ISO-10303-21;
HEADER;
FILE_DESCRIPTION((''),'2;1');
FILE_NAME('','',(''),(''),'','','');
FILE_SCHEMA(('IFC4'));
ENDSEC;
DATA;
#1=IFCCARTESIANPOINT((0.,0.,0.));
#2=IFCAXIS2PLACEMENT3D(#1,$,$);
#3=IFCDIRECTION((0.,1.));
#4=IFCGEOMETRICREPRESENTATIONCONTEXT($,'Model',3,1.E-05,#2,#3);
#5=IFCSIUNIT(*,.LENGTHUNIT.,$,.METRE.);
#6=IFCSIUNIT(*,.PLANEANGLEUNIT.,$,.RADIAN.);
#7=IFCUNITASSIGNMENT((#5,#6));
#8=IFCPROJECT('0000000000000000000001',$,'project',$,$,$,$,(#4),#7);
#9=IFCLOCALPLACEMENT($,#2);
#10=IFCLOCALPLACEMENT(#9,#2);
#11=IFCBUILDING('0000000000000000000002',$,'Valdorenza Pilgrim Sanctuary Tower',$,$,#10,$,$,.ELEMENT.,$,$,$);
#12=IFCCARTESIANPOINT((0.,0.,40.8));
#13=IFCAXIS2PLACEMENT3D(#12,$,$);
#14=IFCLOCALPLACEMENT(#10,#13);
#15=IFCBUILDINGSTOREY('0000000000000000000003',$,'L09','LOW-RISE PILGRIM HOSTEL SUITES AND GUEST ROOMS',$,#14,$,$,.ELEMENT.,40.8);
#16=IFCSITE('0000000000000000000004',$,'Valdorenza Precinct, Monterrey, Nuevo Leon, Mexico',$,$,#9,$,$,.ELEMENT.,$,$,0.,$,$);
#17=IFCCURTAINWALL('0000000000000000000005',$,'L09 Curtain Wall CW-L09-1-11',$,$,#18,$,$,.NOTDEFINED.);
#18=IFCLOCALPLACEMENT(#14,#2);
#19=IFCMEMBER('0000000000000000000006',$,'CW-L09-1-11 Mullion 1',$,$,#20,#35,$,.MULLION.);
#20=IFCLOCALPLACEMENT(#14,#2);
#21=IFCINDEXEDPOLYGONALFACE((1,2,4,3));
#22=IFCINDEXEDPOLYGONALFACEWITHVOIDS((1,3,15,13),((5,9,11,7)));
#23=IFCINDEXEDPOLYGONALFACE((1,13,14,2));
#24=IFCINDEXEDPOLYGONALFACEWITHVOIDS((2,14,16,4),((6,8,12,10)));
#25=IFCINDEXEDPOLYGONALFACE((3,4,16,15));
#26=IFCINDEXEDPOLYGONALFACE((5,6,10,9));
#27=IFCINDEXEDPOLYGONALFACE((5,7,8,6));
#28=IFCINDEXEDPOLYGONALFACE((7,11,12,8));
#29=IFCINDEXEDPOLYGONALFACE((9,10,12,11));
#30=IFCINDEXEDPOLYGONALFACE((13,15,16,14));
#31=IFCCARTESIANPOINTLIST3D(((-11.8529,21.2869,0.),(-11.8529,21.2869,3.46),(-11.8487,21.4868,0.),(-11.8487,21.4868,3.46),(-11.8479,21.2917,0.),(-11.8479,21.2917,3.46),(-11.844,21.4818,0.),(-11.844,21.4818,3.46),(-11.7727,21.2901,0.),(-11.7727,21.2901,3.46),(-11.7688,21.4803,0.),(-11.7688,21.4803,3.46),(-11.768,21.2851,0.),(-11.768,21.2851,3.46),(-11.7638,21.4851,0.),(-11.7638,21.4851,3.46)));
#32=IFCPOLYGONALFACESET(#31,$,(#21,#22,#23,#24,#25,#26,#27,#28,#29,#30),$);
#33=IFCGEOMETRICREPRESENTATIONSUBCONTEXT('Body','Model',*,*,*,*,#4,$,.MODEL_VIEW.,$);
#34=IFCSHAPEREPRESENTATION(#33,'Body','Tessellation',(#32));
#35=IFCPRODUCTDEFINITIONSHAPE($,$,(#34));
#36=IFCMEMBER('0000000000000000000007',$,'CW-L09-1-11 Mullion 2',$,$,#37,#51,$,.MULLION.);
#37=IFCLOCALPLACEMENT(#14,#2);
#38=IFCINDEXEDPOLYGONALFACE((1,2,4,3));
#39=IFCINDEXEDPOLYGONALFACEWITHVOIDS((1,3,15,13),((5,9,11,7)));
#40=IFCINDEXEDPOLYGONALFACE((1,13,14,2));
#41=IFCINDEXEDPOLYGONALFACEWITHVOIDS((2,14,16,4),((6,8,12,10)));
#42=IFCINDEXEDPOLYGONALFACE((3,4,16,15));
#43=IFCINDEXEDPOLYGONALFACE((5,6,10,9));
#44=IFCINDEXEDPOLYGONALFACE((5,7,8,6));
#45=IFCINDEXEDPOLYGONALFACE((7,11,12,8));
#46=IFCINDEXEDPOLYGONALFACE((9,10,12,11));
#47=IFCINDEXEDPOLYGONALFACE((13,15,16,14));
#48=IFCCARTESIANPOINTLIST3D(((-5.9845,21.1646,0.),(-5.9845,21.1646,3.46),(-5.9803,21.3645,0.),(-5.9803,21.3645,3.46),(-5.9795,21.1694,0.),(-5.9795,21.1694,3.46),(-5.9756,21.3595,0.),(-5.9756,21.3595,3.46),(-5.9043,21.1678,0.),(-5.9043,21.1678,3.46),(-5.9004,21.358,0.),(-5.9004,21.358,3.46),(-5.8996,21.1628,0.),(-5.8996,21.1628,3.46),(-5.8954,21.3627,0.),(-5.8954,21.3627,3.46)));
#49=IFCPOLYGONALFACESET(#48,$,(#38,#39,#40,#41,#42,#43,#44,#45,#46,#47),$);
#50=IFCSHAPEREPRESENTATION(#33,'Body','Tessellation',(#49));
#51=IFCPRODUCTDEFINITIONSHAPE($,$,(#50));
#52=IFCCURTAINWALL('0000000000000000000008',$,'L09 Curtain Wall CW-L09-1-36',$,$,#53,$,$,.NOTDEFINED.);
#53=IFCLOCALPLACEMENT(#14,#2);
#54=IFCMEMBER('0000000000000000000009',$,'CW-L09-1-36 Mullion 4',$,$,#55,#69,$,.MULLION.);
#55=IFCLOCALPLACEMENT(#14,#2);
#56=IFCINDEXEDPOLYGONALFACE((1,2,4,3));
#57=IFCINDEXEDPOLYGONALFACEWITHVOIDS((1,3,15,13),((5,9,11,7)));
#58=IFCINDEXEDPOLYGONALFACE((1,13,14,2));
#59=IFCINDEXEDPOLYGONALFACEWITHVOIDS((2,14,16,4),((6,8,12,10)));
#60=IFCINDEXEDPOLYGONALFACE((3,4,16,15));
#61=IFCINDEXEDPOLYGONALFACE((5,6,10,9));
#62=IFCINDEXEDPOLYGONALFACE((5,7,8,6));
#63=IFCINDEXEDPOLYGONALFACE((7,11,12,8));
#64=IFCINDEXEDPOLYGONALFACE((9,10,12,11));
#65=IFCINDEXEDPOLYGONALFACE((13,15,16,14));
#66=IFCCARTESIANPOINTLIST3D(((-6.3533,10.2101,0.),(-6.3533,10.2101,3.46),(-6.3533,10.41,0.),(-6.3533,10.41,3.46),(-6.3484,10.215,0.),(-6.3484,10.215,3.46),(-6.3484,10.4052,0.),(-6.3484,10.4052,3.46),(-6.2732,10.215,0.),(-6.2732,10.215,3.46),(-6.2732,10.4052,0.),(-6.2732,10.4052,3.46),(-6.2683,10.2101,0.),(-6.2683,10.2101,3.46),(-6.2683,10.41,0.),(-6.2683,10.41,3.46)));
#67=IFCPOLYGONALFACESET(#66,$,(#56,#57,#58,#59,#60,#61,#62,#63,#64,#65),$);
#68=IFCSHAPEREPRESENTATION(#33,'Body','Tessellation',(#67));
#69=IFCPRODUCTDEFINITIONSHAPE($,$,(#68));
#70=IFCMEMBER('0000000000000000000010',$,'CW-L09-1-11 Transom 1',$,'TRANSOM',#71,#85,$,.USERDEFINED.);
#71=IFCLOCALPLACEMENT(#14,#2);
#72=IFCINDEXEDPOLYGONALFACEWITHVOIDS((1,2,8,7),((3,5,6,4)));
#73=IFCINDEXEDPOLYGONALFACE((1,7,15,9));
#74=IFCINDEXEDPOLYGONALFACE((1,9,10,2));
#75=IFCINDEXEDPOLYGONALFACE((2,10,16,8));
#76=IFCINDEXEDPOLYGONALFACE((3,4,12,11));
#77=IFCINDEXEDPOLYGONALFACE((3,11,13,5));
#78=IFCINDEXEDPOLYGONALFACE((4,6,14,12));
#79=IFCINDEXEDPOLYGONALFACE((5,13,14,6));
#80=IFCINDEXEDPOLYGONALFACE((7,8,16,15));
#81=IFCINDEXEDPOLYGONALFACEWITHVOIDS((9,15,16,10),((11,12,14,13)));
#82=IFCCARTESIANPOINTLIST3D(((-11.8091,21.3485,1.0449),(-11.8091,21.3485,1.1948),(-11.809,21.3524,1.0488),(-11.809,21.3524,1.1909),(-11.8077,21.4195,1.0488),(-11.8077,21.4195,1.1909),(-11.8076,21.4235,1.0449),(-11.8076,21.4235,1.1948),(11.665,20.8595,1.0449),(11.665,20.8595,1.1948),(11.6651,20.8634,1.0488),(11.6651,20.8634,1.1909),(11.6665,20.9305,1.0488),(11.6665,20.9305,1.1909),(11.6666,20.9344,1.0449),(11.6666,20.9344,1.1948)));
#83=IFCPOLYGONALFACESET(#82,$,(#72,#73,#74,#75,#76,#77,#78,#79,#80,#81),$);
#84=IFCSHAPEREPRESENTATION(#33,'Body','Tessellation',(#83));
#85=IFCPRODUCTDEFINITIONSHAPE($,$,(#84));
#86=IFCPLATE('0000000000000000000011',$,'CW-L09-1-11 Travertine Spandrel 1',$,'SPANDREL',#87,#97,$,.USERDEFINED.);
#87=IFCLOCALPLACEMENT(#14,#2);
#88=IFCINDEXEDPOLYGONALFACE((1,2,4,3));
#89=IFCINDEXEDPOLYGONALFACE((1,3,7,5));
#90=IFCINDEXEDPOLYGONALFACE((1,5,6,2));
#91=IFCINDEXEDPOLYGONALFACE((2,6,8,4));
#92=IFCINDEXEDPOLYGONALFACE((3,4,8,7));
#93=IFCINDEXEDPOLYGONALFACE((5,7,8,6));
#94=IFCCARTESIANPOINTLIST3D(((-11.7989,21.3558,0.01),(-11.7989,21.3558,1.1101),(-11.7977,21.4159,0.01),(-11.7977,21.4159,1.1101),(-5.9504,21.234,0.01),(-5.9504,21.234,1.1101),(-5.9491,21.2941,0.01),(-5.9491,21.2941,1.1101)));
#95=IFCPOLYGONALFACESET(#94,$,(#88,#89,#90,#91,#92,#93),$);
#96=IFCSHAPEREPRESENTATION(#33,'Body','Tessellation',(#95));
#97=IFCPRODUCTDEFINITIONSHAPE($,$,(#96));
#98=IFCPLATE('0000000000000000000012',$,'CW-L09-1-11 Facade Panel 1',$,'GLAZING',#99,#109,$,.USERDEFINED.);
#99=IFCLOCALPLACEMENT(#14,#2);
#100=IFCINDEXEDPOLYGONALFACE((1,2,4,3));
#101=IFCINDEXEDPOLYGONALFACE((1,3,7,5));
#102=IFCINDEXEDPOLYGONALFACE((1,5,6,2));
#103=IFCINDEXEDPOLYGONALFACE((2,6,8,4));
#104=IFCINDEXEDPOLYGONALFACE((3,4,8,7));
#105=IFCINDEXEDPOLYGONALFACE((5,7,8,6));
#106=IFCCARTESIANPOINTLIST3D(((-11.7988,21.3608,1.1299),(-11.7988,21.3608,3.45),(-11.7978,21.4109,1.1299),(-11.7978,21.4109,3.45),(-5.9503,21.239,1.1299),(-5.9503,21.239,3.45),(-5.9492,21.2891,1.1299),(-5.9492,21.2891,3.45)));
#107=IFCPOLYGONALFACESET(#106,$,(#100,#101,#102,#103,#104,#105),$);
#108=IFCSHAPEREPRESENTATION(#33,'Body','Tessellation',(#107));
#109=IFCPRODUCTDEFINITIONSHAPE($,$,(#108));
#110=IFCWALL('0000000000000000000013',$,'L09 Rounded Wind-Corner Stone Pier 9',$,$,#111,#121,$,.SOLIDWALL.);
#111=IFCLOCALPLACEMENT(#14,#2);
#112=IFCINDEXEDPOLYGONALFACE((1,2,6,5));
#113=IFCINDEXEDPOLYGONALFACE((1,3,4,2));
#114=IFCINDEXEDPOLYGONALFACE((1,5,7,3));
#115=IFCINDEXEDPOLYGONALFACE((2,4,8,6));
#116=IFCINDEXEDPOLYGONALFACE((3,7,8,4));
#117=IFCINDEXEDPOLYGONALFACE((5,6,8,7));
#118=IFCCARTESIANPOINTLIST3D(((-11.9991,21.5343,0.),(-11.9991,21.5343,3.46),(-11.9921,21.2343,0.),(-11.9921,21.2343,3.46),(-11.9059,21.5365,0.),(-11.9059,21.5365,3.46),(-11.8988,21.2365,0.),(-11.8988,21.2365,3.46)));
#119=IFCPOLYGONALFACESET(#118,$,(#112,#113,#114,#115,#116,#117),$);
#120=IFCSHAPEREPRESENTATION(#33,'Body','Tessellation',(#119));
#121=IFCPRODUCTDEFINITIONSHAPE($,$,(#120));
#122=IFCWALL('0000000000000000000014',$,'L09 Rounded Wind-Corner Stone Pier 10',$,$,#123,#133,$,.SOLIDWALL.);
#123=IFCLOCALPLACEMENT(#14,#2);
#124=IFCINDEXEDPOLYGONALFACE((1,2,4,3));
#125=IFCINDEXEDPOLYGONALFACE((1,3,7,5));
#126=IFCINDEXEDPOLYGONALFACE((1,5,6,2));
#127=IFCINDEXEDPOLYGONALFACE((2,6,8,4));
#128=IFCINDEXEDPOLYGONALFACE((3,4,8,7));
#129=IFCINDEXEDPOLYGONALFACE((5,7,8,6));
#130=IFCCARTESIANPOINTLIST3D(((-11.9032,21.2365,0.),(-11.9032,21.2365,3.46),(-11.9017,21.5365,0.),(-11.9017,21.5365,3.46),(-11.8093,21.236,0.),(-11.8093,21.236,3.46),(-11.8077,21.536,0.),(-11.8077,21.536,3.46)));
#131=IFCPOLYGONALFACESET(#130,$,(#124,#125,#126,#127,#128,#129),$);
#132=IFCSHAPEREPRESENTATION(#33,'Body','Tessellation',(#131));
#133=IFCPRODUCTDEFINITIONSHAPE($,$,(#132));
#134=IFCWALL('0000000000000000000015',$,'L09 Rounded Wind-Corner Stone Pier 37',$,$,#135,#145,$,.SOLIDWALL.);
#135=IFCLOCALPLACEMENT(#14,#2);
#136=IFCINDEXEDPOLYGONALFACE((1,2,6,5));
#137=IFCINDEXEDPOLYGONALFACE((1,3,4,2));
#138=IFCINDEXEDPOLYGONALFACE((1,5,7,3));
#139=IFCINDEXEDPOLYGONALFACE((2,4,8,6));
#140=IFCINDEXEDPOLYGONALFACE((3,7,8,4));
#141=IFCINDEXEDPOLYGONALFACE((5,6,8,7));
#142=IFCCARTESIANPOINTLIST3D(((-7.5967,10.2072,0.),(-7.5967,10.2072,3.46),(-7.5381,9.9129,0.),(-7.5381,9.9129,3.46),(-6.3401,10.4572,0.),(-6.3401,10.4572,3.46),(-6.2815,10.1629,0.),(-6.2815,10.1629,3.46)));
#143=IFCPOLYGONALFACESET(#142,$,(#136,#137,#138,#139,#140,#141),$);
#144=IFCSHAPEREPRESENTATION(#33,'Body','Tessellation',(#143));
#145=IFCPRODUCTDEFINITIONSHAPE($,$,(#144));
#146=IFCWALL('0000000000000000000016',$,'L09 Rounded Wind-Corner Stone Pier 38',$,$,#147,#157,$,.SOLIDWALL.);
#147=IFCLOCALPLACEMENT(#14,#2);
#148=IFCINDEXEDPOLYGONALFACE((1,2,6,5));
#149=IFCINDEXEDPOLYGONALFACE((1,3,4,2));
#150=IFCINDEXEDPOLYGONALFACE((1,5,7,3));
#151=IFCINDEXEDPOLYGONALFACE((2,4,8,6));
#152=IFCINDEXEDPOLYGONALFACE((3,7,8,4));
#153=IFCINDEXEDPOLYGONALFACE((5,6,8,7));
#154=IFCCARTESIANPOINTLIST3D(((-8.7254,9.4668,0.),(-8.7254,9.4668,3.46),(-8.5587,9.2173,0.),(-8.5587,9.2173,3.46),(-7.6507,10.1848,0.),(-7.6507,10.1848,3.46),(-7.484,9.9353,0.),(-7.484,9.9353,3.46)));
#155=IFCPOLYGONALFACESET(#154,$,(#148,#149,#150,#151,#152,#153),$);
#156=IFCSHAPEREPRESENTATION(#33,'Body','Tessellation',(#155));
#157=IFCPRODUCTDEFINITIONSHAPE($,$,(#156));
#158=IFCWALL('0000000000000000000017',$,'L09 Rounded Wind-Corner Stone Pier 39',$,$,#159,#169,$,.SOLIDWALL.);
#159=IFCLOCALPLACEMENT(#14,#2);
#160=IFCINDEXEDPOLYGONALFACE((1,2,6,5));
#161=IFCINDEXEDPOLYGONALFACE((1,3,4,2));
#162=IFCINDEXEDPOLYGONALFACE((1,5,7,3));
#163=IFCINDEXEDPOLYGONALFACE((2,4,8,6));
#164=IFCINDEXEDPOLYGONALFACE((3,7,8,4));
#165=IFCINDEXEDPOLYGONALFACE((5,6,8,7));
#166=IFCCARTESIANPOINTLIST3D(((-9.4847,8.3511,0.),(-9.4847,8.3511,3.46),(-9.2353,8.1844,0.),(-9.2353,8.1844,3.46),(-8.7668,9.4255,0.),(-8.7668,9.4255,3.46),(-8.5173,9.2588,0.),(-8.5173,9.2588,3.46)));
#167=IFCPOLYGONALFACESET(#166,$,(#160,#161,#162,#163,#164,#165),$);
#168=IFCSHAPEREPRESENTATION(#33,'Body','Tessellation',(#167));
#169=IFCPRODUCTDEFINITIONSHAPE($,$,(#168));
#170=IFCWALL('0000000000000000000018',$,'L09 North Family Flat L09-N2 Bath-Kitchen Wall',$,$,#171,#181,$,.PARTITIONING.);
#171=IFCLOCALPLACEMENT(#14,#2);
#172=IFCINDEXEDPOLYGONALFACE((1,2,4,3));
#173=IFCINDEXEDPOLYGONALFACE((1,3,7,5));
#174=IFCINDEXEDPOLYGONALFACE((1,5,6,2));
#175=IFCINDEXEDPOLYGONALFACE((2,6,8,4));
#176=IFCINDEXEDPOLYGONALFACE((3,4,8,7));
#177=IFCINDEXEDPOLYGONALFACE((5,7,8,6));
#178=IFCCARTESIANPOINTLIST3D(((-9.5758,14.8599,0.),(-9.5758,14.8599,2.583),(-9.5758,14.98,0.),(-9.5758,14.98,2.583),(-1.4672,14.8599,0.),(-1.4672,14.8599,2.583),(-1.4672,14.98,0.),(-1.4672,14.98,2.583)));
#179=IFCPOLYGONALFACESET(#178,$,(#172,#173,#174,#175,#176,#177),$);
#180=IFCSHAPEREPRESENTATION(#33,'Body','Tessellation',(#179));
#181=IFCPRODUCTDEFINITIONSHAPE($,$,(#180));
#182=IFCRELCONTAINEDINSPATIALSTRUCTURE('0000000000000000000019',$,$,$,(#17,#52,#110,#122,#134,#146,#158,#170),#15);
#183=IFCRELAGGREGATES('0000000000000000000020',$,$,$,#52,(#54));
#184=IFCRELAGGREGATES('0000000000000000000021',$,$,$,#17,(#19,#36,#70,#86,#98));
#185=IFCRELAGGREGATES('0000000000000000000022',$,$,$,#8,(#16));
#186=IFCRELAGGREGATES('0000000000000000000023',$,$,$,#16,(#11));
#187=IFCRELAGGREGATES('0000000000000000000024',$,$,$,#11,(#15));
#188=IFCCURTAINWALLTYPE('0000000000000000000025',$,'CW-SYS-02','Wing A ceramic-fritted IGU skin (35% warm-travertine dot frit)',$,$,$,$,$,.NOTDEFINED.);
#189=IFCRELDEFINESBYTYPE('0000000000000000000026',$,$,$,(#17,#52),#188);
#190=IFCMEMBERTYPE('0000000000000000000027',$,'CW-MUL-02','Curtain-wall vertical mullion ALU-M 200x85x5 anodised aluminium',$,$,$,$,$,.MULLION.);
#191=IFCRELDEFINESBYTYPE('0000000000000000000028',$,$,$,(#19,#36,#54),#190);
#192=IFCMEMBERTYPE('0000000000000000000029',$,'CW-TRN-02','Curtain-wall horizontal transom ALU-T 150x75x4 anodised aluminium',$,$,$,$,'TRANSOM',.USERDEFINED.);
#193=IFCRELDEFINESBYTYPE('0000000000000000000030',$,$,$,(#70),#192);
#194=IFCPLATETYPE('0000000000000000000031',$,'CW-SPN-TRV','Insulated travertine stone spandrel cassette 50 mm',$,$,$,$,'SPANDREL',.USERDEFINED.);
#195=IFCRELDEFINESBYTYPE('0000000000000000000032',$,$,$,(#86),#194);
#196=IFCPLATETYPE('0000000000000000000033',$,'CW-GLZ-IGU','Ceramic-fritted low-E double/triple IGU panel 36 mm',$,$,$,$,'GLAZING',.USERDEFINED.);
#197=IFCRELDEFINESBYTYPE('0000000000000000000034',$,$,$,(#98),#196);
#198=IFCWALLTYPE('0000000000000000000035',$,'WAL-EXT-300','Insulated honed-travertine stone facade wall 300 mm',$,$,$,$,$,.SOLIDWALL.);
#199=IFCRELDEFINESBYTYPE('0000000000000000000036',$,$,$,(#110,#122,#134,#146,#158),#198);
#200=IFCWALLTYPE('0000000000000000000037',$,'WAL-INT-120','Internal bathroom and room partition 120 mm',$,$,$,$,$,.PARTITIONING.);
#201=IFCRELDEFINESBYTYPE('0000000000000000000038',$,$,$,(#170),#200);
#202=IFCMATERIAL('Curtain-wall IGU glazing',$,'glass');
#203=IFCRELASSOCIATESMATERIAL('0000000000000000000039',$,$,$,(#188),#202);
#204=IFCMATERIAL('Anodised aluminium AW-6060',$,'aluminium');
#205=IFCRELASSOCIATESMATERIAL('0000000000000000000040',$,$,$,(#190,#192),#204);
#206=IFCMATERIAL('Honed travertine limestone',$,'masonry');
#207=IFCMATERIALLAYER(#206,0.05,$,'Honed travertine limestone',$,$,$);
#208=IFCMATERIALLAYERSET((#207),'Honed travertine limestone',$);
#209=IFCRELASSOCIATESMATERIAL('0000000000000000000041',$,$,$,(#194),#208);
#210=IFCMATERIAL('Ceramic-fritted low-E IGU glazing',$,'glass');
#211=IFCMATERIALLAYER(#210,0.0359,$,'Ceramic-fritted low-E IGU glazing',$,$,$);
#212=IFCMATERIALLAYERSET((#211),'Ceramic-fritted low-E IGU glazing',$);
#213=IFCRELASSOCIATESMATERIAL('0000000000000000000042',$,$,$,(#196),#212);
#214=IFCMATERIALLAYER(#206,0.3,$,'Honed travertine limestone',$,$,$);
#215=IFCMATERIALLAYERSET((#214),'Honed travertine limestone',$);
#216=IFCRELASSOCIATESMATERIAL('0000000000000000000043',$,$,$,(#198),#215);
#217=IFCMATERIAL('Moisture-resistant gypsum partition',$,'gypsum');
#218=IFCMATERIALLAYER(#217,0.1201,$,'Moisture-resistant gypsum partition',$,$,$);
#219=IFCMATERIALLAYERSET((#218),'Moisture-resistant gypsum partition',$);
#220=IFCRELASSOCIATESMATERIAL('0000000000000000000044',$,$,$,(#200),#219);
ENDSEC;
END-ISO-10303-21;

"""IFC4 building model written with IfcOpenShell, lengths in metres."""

from ifc_helpers import new_model, si_unit, direction, frame, frame_2d, origin, origin_2d, place, context, subcontext, project, spatial, rectangle, hollow_rectangle, extrude, source, transform, mapped, material, layer, layer_set, material_profile, profile_set, type_object, element, aggregate, save


model = new_model("IFC4")

# Units and contexts
model_context = context("Model", 3, precision=1e-05, world=origin(), true_north=direction((0.0, 1.0)))
body_context = subcontext(model_context, "Body", "Model", "MODEL_VIEW")
ifc_project = project(units=[si_unit("LENGTHUNIT", "METRE"), si_unit("PLANEANGLEUNIT", "RADIAN")], contexts=[model_context])

# Site, building, storey
site_placement = place(None, origin())
site = spatial("IfcSite", under=ifc_project, at=site_placement, Name="Valdorenza Precinct, Monterrey, Nuevo Leon, Mexico", CompositionType="ELEMENT", RefElevation=0.0)
building_placement = place(site_placement, origin())
building = spatial("IfcBuilding", under=site, at=building_placement, Name="Valdorenza Pilgrim Sanctuary Tower", CompositionType="ELEMENT")
storey_placement = place(building_placement, frame((0.0, 0.0, 40.8)))
storey = spatial("IfcBuildingStorey", under=building, at=storey_placement, Name="L09", Description="LOW-RISE PILGRIM HOSTEL SUITES AND GUEST ROOMS", CompositionType="ELEMENT", Elevation=40.8)

# Curtain wall, members
ifc_material_1 = material(Name="Curtain-wall IGU glazing", Category="glass")
curtain_wall_type = type_object("IfcCurtainWallType", Name="CW-SYS-02", Description="Wing A ceramic-fritted IGU skin (35% warm-travertine dot frit)", PredefinedType="NOTDEFINED", material=ifc_material_1)
curtain_wall_1_placement = place(storey_placement, origin())
curtain_wall_1 = element("IfcCurtainWall", 1, at=curtain_wall_1_placement, inside=storey, type_object=curtain_wall_type, Name="L09 Curtain Wall CW-L09-1-11", PredefinedType="NOTDEFINED")
ifc_material_2 = material(Name="Anodised aluminium AW-6060", Category="aluminium")
ifc_material_profile_1 = material_profile(ifc_material_2, hollow_rectangle(XDim=0.085, YDim=0.2, WallThickness=0.0049, at=origin_2d()), Name="ALU-M 200x85x5")
ifc_profile_set_1 = profile_set([ifc_material_profile_1], Name="Anodised aluminium AW-6060")
member_type_1 = type_object("IfcMemberType", Name="CW-MUL-02", Description="Curtain-wall vertical mullion ALU-M 200x85x5 anodised aluminium", PredefinedType="MULLION", material=ifc_profile_set_1)
shared_shape_1 = source(origin(), body_context, "Body", "SweptSolid", [
    extrude(hollow_rectangle(XDim=0.085, YDim=0.2, WallThickness=0.0049, at=origin_2d()), origin(), (0.0, 0.0, 1.0), 3.46),
])
member_1_placement = place(storey_placement, frame((-11.8083, 21.386, 0.0), z_axis=(0.0, 0.0, 1.0), x_axis=(0.999783, -0.02082, 0.0)))
member_1 = element("IfcMember", 2, at=member_1_placement, type_object=member_type_1, Name="CW-L09-1-11 Mullion 1", PredefinedType="MULLION", context=body_context, shape_type="MappedRepresentation", body=[
    mapped(shared_shape_1, transform((0.0, 0.0, 0.0), x_axis=(1.0, 0.0, 0.0), y_axis=(0.0, 1.0, 0.0), z_axis=(0.0, 0.0, 1.0), scale=1.0)),
])
member_2_placement = place(storey_placement, frame((-5.9399, 21.2637, 0.0), z_axis=(0.0, 0.0, 1.0), x_axis=(0.999783, -0.02082, 0.0)))
member_2 = element("IfcMember", 3, at=member_2_placement, type_object=member_type_1, Name="CW-L09-1-11 Mullion 2", PredefinedType="MULLION", context=body_context, shape_type="MappedRepresentation", body=[
    mapped(shared_shape_1, transform((0.0, 0.0, 0.0), x_axis=(1.0, 0.0, 0.0), y_axis=(0.0, 1.0, 0.0), z_axis=(0.0, 0.0, 1.0), scale=1.0)),
])

# Curtain wall, member
curtain_wall_2_placement = place(storey_placement, origin())
curtain_wall_2 = element("IfcCurtainWall", 4, at=curtain_wall_2_placement, inside=storey, type_object=curtain_wall_type, Name="L09 Curtain Wall CW-L09-1-36", PredefinedType="NOTDEFINED")
member_3_placement = place(storey_placement, frame((-6.3108, 10.3101, 0.0), z_axis=(0.0, 0.0, 1.0), x_axis=(-1.0, 0.0, 0.0)))
member_3 = element("IfcMember", 5, at=member_3_placement, type_object=member_type_1, Name="CW-L09-1-36 Mullion 4", PredefinedType="MULLION", context=body_context, shape_type="MappedRepresentation", body=[
    mapped(shared_shape_1, transform((0.0, 0.0, 0.0), x_axis=(1.0, 0.0, 0.0), y_axis=(0.0, 1.0, 0.0), z_axis=(0.0, 0.0, 1.0), scale=1.0)),
])
aggregate(curtain_wall_2, [member_3])

# Member
ifc_material_profile_2 = material_profile(ifc_material_2, hollow_rectangle(XDim=0.075, YDim=0.1499, WallThickness=0.0039, at=origin_2d()), Name="ALU-T 150x75x4")
ifc_profile_set_2 = profile_set([ifc_material_profile_2], Name="Anodised aluminium AW-6060")
member_type_2 = type_object("IfcMemberType", Name="CW-TRN-02", Description="Curtain-wall horizontal transom ALU-T 150x75x4 anodised aluminium", ElementType="TRANSOM", PredefinedType="USERDEFINED", material=ifc_profile_set_2)
shared_shape_2 = source(origin(), body_context, "Body", "SweptSolid", [
    extrude(hollow_rectangle(XDim=0.075, YDim=0.1499, WallThickness=0.0039, at=origin_2d()), origin(), (0.0, 0.0, 1.0), 23.4792),
])
member_4_placement = place(storey_placement, frame((-11.8083, 21.386, 1.1199), z_axis=(0.999783, -0.020828, 0.0), x_axis=(0.020828, 0.999783, 0.0)))
member_4 = element("IfcMember", 6, at=member_4_placement, type_object=member_type_2, Name="CW-L09-1-11 Transom 1", ObjectType="TRANSOM", PredefinedType="USERDEFINED", context=body_context, shape_type="MappedRepresentation", body=[
    mapped(shared_shape_2, transform((0.0, 0.0, 0.0), x_axis=(1.0, 0.0, 0.0), y_axis=(0.0, 1.0, 0.0), z_axis=(0.0, 0.0, 1.0), scale=1.0)),
])

# Plates
ifc_material_3 = material(Name="Honed travertine limestone", Category="masonry")
ifc_layer_1 = layer(ifc_material_3, 0.05, Name="Honed travertine limestone")
ifc_layer_set_1 = layer_set([ifc_layer_1], Name="Honed travertine limestone")
plate_type_1 = type_object("IfcPlateType", Name="CW-SPN-TRV", Description="Insulated travertine stone spandrel cassette 50 mm", ElementType="SPANDREL", PredefinedType="USERDEFINED", material=ifc_layer_set_1)
shared_shape_3 = source(origin(), body_context, "Body", "SweptSolid", [
    extrude(rectangle(XDim=5.8499, YDim=0.0601, at=origin_2d()), origin(), (0.0, 0.0, 1.0), 1.1001),
])
plate_1_placement = place(storey_placement, frame((-8.874, 21.325, 0.01), z_axis=(0.0, 0.0, 1.0), x_axis=(0.999783, -0.02082, 0.0)))
plate_1 = element("IfcPlate", 7, at=plate_1_placement, type_object=plate_type_1, Name="CW-L09-1-11 Travertine Spandrel 1", ObjectType="SPANDREL", PredefinedType="USERDEFINED", context=body_context, shape_type="MappedRepresentation", body=[
    mapped(shared_shape_3, transform((0.0, 0.0, 0.0), x_axis=(1.0, 0.0, 0.0), y_axis=(0.0, 1.0, 0.0), z_axis=(0.0, 0.0, 1.0), scale=1.0)),
])
ifc_material_4 = material(Name="Ceramic-fritted low-E IGU glazing", Category="glass")
ifc_layer_2 = layer(ifc_material_4, 0.0359, Name="Ceramic-fritted low-E IGU glazing")
ifc_layer_set_2 = layer_set([ifc_layer_2], Name="Ceramic-fritted low-E IGU glazing")
plate_type_2 = type_object("IfcPlateType", Name="CW-GLZ-IGU", Description="Ceramic-fritted low-E double/triple IGU panel 36 mm", ElementType="GLAZING", PredefinedType="USERDEFINED", material=ifc_layer_set_2)
shared_shape_4 = source(origin(), body_context, "Body", "SweptSolid", [
    extrude(rectangle(XDim=5.8499, YDim=0.05, at=origin_2d()), origin(), (0.0, 0.0, 1.0), 2.3201),
])
plate_2_placement = place(storey_placement, frame((-8.874, 21.325, 1.1299), z_axis=(0.0, 0.0, 1.0), x_axis=(0.999783, -0.02082, 0.0)))
plate_2 = element("IfcPlate", 8, at=plate_2_placement, type_object=plate_type_2, Name="CW-L09-1-11 Facade Panel 1", ObjectType="GLAZING", PredefinedType="USERDEFINED", context=body_context, shape_type="MappedRepresentation", body=[
    mapped(shared_shape_4, transform((0.0, 0.0, 0.0), x_axis=(1.0, 0.0, 0.0), y_axis=(0.0, 1.0, 0.0), z_axis=(0.0, 0.0, 1.0), scale=1.0)),
])
aggregate(curtain_wall_1, [member_1, member_2, member_4, plate_1, plate_2])

# Walls
ifc_layer_3 = layer(ifc_material_3, 0.3, Name="Honed travertine limestone")
ifc_layer_set_3 = layer_set([ifc_layer_3], Name="Honed travertine limestone")
wall_type_1 = type_object("IfcWallType", Name="WAL-EXT-300", Description="Insulated honed-travertine stone facade wall 300 mm", PredefinedType="SOLIDWALL", material=ifc_layer_set_3)
wall_1_placement = place(storey_placement, frame((-11.9956, 21.3843, 0.0), z_axis=(0.0, 0.0, 1.0), x_axis=(0.999723, 0.023554, 0.0)))
element("IfcWall", 9, at=wall_1_placement, inside=storey, type_object=wall_type_1, Name="L09 Rounded Wind-Corner Stone Pier 9", PredefinedType="SOLIDWALL", context=body_context, shape_type="SweptSolid", body=[
    extrude(rectangle(XDim=0.0933, YDim=0.3, at=frame_2d((0.0466, 0.0))), origin(), (0.0, 0.0, 1.0), 3.46),
])
wall_2_placement = place(storey_placement, frame((-11.9023, 21.3865, 0.0), z_axis=(0.0, 0.0, 1.0), x_axis=(0.999987, -0.005195, 0.0)))
element("IfcWall", 10, at=wall_2_placement, inside=storey, type_object=wall_type_1, Name="L09 Rounded Wind-Corner Stone Pier 10", PredefinedType="SOLIDWALL", context=body_context, shape_type="SweptSolid", body=[
    extrude(rectangle(XDim=0.094, YDim=0.3, at=frame_2d((0.0469, 0.0))), origin(), (0.0, 0.0, 1.0), 3.46),
])
wall_3_placement = place(storey_placement, frame((-6.3108, 10.3101, 0.0), z_axis=(0.0, 0.0, 1.0), x_axis=(-0.980778, -0.195127, 0.0)))
element("IfcWall", 11, at=wall_3_placement, inside=storey, type_object=wall_type_1, Name="L09 Rounded Wind-Corner Stone Pier 37", PredefinedType="SOLIDWALL", context=body_context, shape_type="SweptSolid", body=[
    extrude(rectangle(XDim=1.2812, YDim=0.3, at=frame_2d((0.6406, 0.0))), origin(), (0.0, 0.0, 1.0), 3.46),
])
wall_4_placement = place(storey_placement, frame((-7.5674, 10.0601, 0.0), z_axis=(0.0, 0.0, 1.0), x_axis=(-0.831498, -0.555528, 0.0)))
element("IfcWall", 12, at=wall_4_placement, inside=storey, type_object=wall_type_1, Name="L09 Rounded Wind-Corner Stone Pier 38", PredefinedType="SOLIDWALL", context=body_context, shape_type="SweptSolid", body=[
    extrude(rectangle(XDim=1.2925, YDim=0.3, at=frame_2d((0.6462, 0.0))), origin(), (0.0, 0.0, 1.0), 3.46),
])
wall_5_placement = place(storey_placement, frame((-8.6421, 9.342, 0.0), z_axis=(0.0, 0.0, 1.0), x_axis=(-0.555615, -0.831439, 0.0)))
element("IfcWall", 13, at=wall_5_placement, inside=storey, type_object=wall_type_1, Name="L09 Rounded Wind-Corner Stone Pier 39", PredefinedType="SOLIDWALL", context=body_context, shape_type="SweptSolid", body=[
    extrude(rectangle(XDim=1.2922, YDim=0.3, at=frame_2d((0.646, 0.0))), origin(), (0.0, 0.0, 1.0), 3.46),
])
ifc_material_5 = material(Name="Moisture-resistant gypsum partition", Category="gypsum")
ifc_layer_4 = layer(ifc_material_5, 0.1201, Name="Moisture-resistant gypsum partition")
ifc_layer_set_4 = layer_set([ifc_layer_4], Name="Moisture-resistant gypsum partition")
wall_type_2 = type_object("IfcWallType", Name="WAL-INT-120", Description="Internal bathroom and room partition 120 mm", PredefinedType="PARTITIONING", material=ifc_layer_set_4)
wall_6_placement = place(storey_placement, frame((-9.5757, 14.9199, 0.0), z_axis=(0.0, 0.0, 1.0), x_axis=(1.0, 0.0, 0.0)))
element("IfcWall", 14, at=wall_6_placement, inside=storey, type_object=wall_type_2, Name="L09 North Family Flat L09-N2 Bath-Kitchen Wall", PredefinedType="PARTITIONING", context=body_context, shape_type="SweptSolid", body=[
    extrude(rectangle(XDim=8.1086, YDim=0.1201, at=frame_2d((4.0542, 0.0))), origin(), (0.0, 0.0, 1.0), 2.583),
])

save(model, "model.ifc")
